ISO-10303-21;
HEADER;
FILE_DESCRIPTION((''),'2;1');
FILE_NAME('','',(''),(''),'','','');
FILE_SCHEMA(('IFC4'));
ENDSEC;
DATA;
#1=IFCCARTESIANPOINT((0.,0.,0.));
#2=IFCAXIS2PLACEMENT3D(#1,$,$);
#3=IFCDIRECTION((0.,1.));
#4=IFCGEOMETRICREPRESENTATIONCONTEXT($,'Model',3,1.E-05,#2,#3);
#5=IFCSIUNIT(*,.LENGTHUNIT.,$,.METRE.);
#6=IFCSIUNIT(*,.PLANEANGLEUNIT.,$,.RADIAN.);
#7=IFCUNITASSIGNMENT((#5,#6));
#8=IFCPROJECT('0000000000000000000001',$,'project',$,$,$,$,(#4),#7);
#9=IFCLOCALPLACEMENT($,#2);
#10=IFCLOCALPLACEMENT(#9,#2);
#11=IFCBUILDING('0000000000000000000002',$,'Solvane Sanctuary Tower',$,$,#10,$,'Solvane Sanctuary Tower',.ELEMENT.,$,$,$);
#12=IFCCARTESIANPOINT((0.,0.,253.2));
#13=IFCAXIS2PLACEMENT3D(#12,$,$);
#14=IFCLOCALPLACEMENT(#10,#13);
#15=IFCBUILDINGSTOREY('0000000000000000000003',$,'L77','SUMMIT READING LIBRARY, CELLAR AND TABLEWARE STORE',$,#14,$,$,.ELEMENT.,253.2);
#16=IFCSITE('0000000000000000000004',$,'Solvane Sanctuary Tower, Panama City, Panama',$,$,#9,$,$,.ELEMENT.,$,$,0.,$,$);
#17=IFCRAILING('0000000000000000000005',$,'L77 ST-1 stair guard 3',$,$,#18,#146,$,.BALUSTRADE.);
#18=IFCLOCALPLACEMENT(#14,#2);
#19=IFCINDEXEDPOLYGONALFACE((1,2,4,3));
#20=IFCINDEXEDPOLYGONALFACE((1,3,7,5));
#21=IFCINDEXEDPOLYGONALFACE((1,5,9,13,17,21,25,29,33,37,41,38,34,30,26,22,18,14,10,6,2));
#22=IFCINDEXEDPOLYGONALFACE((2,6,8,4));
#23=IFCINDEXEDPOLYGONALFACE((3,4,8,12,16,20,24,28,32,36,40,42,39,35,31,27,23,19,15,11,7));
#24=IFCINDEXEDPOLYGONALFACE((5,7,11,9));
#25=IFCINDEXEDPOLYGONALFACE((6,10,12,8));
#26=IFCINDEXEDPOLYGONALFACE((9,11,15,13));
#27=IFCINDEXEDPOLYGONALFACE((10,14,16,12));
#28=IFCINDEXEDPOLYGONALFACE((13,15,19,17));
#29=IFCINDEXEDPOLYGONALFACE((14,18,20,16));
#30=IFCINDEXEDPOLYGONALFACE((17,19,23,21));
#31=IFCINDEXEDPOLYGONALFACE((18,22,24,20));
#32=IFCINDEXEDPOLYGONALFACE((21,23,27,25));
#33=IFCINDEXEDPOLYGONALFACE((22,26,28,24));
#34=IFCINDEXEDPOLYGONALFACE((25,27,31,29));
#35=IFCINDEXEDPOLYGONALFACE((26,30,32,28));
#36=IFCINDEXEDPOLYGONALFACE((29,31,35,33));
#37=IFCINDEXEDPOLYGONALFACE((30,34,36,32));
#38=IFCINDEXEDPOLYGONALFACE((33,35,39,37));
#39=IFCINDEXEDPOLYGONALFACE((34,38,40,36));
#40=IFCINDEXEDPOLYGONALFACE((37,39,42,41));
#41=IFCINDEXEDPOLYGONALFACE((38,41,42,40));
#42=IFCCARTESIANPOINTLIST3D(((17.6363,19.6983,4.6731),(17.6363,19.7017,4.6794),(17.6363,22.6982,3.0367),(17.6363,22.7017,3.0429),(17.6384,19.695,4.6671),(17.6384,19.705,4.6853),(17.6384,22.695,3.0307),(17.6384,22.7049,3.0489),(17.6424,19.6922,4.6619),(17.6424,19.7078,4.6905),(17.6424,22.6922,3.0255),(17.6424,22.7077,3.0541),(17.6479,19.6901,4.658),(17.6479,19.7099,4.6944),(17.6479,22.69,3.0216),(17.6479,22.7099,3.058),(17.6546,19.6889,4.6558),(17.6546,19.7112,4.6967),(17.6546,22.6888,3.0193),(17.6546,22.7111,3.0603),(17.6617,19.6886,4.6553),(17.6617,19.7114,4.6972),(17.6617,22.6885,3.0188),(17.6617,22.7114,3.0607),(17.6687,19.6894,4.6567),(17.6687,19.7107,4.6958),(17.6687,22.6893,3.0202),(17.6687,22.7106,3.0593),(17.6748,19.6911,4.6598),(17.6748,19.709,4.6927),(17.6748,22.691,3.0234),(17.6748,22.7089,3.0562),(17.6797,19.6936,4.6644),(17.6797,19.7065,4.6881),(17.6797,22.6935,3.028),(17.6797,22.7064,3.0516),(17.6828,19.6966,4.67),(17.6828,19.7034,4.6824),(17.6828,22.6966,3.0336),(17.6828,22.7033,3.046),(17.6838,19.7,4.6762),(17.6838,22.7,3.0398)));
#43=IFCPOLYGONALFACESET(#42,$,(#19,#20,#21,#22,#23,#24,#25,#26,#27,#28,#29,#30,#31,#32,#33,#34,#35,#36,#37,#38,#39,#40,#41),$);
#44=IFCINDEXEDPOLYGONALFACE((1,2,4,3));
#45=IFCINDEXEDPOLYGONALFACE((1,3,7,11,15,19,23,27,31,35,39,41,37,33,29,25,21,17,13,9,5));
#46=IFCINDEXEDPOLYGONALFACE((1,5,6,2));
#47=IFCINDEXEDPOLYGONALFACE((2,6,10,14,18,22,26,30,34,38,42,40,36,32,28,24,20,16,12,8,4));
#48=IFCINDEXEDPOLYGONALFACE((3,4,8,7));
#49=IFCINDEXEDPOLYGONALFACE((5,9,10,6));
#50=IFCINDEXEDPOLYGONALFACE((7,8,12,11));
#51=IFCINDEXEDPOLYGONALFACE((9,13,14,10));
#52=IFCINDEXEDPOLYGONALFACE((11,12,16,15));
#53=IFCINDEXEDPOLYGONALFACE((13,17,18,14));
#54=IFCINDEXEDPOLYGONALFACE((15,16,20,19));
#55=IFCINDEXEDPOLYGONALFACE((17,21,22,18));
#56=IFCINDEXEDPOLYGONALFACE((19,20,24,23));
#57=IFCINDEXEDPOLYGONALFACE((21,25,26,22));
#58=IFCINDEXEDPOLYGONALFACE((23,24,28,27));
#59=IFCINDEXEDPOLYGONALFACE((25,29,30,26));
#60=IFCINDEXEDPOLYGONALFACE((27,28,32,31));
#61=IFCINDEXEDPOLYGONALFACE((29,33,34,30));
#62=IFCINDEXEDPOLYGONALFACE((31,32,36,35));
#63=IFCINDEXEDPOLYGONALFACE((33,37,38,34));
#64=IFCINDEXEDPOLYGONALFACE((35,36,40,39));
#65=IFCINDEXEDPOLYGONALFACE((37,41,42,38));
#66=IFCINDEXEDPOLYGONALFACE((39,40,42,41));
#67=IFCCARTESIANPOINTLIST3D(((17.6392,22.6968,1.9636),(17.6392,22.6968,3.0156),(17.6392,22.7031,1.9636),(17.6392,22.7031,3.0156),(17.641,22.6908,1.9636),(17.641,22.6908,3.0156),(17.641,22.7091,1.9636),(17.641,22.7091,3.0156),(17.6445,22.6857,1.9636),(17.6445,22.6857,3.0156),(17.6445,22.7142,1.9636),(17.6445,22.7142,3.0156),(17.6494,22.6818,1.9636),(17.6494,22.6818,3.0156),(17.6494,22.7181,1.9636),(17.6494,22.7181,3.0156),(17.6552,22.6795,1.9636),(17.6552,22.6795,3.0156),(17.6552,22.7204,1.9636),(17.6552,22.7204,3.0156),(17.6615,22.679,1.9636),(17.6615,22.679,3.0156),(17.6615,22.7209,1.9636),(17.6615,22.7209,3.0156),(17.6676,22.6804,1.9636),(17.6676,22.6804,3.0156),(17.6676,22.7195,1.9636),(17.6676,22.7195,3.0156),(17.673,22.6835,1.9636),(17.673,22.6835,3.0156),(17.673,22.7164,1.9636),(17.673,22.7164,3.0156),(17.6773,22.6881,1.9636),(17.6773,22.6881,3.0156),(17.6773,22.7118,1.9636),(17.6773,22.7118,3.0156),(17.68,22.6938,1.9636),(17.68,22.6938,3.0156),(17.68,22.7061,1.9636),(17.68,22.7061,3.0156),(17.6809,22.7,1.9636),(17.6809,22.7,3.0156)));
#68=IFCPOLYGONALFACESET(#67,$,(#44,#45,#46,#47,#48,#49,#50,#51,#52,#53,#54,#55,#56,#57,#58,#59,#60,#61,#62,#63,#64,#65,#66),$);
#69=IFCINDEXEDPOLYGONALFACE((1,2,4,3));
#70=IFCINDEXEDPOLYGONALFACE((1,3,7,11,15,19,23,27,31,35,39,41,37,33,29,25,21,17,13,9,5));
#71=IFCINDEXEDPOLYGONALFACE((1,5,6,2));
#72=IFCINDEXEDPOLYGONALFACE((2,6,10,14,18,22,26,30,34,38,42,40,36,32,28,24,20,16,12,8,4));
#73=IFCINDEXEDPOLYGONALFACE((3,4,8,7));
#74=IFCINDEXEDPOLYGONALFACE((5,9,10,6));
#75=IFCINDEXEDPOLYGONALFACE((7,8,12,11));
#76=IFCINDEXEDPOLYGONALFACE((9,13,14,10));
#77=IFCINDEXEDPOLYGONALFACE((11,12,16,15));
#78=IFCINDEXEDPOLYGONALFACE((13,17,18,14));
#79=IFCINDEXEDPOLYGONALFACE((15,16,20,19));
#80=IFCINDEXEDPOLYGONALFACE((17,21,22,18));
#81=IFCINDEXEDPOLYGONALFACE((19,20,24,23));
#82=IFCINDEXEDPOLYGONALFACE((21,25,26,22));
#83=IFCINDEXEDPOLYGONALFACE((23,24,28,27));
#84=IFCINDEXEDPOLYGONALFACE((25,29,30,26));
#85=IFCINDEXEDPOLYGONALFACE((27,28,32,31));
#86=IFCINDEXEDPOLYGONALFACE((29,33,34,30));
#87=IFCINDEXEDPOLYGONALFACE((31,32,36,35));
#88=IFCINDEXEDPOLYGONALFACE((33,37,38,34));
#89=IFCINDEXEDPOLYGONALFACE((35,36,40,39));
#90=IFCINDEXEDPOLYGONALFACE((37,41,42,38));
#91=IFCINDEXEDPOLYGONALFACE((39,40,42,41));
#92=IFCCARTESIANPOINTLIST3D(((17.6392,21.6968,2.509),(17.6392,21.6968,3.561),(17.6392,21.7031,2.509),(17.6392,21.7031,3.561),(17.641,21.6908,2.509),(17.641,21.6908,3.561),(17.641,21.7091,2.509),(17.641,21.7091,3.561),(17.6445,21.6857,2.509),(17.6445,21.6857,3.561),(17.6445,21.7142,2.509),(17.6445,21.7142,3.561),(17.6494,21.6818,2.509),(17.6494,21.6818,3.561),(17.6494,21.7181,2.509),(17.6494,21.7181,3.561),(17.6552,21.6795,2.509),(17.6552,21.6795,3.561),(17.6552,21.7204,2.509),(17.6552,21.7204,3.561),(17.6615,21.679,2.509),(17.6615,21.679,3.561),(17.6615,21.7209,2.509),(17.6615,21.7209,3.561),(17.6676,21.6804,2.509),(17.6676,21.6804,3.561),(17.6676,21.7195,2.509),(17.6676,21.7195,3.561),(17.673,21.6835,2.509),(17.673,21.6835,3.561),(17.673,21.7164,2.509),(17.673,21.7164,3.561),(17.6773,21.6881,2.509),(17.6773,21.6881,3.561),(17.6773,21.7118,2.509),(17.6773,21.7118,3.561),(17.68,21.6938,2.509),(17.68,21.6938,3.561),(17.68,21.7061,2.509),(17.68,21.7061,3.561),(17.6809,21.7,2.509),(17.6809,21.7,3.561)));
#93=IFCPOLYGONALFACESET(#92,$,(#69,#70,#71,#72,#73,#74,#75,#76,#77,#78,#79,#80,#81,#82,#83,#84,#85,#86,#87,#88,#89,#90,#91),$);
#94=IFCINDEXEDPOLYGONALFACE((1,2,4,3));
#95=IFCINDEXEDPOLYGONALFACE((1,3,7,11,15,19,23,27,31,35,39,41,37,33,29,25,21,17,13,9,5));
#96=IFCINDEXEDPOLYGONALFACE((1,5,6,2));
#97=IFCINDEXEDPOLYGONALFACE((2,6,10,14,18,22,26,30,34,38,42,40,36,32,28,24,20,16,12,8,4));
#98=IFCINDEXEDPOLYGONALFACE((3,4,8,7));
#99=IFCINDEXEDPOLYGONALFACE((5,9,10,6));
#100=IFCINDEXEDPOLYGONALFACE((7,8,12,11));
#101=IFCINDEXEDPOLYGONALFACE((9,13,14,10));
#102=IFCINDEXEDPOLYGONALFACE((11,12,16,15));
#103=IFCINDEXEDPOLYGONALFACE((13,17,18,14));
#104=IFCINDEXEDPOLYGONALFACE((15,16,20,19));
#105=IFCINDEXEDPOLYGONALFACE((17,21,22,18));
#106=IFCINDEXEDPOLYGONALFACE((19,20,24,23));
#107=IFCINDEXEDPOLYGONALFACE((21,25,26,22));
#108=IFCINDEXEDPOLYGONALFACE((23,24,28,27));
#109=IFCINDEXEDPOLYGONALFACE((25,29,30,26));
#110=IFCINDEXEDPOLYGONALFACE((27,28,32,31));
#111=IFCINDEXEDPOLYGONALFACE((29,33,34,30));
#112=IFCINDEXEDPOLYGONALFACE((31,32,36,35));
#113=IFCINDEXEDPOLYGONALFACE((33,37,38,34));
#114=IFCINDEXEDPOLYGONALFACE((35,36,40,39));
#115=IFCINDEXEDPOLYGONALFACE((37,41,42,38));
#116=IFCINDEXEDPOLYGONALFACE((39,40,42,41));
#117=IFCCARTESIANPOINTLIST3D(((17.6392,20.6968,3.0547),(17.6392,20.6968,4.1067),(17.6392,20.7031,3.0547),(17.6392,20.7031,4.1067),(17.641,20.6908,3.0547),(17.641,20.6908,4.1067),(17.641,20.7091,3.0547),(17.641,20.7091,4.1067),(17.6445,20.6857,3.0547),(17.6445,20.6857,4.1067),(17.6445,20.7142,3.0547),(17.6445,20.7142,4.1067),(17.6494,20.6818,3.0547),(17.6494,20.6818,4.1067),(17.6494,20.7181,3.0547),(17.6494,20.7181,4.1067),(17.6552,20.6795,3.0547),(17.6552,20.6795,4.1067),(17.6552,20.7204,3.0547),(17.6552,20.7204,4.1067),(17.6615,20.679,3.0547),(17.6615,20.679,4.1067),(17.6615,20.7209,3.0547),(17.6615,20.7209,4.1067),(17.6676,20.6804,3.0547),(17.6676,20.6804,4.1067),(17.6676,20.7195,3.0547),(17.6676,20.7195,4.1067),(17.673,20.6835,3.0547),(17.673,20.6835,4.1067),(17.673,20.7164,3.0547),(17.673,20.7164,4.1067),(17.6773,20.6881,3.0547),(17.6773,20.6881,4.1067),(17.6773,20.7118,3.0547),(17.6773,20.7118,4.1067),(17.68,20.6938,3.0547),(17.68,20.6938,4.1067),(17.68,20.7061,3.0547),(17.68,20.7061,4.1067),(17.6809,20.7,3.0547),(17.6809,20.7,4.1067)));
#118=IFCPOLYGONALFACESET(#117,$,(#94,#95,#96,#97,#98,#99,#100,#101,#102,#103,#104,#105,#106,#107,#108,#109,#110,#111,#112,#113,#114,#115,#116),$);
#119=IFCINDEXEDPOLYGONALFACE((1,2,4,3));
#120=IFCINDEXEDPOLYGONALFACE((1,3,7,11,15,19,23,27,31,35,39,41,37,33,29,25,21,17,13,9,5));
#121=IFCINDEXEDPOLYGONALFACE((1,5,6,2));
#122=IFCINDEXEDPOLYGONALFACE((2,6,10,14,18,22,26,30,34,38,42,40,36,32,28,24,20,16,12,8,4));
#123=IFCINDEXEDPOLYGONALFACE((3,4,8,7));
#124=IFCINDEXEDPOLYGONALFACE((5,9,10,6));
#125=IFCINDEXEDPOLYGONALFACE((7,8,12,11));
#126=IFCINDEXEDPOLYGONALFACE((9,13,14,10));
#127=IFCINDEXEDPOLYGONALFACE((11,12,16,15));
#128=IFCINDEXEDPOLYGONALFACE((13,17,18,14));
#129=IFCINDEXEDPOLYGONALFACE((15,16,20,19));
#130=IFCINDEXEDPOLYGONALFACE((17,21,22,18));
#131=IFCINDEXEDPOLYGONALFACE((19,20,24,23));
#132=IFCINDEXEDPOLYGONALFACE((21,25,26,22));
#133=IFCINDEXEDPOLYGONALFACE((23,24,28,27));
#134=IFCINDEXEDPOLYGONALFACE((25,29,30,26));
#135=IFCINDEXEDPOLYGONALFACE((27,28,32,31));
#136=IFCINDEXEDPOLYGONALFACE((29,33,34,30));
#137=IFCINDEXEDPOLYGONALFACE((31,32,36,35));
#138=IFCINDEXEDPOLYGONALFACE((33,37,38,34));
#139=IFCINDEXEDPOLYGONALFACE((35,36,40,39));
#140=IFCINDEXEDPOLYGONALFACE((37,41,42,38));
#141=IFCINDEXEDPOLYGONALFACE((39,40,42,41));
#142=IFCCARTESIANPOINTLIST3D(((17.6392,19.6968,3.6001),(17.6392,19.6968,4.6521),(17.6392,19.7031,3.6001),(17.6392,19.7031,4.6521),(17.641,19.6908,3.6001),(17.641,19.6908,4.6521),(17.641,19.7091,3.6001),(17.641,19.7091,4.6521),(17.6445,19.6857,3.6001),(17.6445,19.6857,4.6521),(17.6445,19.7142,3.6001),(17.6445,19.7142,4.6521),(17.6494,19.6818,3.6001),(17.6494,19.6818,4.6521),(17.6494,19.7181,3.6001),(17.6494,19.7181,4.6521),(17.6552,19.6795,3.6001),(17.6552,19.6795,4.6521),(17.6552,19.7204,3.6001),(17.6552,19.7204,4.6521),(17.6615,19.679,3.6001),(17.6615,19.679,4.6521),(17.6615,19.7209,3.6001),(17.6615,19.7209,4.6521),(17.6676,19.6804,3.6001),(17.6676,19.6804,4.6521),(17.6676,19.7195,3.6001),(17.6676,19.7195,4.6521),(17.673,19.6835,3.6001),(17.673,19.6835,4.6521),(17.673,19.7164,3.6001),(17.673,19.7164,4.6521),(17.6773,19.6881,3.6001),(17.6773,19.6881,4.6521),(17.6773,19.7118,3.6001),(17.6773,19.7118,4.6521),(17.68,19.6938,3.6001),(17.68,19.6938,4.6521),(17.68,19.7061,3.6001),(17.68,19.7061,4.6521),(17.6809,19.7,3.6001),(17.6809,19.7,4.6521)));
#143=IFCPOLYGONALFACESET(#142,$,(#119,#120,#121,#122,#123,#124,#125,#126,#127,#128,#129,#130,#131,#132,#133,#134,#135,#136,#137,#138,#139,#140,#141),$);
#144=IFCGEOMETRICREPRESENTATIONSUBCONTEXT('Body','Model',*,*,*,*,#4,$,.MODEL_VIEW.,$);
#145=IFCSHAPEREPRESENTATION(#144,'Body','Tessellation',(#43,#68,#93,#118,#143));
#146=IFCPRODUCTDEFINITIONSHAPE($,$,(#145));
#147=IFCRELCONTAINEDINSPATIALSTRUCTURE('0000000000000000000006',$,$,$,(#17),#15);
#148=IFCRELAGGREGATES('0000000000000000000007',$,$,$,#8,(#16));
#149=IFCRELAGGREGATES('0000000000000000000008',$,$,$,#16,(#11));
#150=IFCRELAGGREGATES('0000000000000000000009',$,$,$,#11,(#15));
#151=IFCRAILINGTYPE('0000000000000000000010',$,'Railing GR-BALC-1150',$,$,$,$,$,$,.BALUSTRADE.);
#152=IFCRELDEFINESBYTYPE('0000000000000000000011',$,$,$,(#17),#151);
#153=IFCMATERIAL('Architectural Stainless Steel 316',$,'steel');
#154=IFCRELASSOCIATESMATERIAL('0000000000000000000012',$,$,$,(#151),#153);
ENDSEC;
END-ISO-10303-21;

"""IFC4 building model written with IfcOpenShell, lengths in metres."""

from ifc_helpers import new_model, si_unit, direction, frame, origin, origin_2d, place, context, subcontext, project, spatial, circle, extrude, material, type_object, element, save


model = new_model("IFC4")

# Units and contexts
model_context = context("Model", 3, precision=1e-05, world=origin(), true_north=direction((0.0, 1.0)))
body_context = subcontext(model_context, "Body", "Model", "MODEL_VIEW")
ifc_project = project(units=[si_unit("LENGTHUNIT", "METRE"), si_unit("PLANEANGLEUNIT", "RADIAN")], contexts=[model_context])

# Site, building, storey
site_placement = place(None, origin())
site = spatial("IfcSite", under=ifc_project, at=site_placement, Name="Solvane Sanctuary Tower, Panama City, Panama", CompositionType="ELEMENT", RefElevation=0.0)
building_placement = place(site_placement, origin())
building = spatial("IfcBuilding", under=site, at=building_placement, Name="Solvane Sanctuary Tower", LongName="Solvane Sanctuary Tower", CompositionType="ELEMENT")
storey_placement = place(building_placement, frame((0.0, 0.0, 253.2)))
storey = spatial("IfcBuildingStorey", under=building, at=storey_placement, Name="L77", Description="SUMMIT READING LIBRARY, CELLAR AND TABLEWARE STORE", CompositionType="ELEMENT", Elevation=253.2)

# Shared definitions
ifc_material_1 = material(Name="Architectural Stainless Steel 316", Category="steel")

# Railing
railing_type_1 = type_object("IfcRailingType", Name="Railing GR-BALC-1150", PredefinedType="BALUSTRADE", material=ifc_material_1)
railing_1_placement = place(storey_placement, frame((17.6599, 22.7, 1.9636)))
element("IfcRailing", 1, at=railing_1_placement, inside=storey, type_object=railing_type_1, Name="L77 ST-1 stair guard 3", PredefinedType="BALUSTRADE", context=body_context, shape_type="SweptSolid", body=[
    extrude(circle(Radius=0.0239, at=origin_2d()), frame((0.0, 0.0, 1.0762), z_axis=(0.0, -0.877882, 0.478877), x_axis=(1.0, 0.0, 0.0)), (0.0, 0.0, 1.0), 3.4172),
    extrude(circle(Radius=0.021, at=origin_2d()), origin(), (0.0, 0.0, 1.0), 1.052),
    extrude(circle(Radius=0.021, at=origin_2d()), frame((0.0, -1.0, 0.5454)), (0.0, 0.0, 1.0), 1.052),
    extrude(circle(Radius=0.021, at=origin_2d()), frame((0.0, -2.0, 1.0911)), (0.0, 0.0, 1.0), 1.052),
    extrude(circle(Radius=0.021, at=origin_2d()), frame((0.0, -3.0, 1.6365)), (0.0, 0.0, 1.0), 1.052),
])

save(model, "model.ifc")
